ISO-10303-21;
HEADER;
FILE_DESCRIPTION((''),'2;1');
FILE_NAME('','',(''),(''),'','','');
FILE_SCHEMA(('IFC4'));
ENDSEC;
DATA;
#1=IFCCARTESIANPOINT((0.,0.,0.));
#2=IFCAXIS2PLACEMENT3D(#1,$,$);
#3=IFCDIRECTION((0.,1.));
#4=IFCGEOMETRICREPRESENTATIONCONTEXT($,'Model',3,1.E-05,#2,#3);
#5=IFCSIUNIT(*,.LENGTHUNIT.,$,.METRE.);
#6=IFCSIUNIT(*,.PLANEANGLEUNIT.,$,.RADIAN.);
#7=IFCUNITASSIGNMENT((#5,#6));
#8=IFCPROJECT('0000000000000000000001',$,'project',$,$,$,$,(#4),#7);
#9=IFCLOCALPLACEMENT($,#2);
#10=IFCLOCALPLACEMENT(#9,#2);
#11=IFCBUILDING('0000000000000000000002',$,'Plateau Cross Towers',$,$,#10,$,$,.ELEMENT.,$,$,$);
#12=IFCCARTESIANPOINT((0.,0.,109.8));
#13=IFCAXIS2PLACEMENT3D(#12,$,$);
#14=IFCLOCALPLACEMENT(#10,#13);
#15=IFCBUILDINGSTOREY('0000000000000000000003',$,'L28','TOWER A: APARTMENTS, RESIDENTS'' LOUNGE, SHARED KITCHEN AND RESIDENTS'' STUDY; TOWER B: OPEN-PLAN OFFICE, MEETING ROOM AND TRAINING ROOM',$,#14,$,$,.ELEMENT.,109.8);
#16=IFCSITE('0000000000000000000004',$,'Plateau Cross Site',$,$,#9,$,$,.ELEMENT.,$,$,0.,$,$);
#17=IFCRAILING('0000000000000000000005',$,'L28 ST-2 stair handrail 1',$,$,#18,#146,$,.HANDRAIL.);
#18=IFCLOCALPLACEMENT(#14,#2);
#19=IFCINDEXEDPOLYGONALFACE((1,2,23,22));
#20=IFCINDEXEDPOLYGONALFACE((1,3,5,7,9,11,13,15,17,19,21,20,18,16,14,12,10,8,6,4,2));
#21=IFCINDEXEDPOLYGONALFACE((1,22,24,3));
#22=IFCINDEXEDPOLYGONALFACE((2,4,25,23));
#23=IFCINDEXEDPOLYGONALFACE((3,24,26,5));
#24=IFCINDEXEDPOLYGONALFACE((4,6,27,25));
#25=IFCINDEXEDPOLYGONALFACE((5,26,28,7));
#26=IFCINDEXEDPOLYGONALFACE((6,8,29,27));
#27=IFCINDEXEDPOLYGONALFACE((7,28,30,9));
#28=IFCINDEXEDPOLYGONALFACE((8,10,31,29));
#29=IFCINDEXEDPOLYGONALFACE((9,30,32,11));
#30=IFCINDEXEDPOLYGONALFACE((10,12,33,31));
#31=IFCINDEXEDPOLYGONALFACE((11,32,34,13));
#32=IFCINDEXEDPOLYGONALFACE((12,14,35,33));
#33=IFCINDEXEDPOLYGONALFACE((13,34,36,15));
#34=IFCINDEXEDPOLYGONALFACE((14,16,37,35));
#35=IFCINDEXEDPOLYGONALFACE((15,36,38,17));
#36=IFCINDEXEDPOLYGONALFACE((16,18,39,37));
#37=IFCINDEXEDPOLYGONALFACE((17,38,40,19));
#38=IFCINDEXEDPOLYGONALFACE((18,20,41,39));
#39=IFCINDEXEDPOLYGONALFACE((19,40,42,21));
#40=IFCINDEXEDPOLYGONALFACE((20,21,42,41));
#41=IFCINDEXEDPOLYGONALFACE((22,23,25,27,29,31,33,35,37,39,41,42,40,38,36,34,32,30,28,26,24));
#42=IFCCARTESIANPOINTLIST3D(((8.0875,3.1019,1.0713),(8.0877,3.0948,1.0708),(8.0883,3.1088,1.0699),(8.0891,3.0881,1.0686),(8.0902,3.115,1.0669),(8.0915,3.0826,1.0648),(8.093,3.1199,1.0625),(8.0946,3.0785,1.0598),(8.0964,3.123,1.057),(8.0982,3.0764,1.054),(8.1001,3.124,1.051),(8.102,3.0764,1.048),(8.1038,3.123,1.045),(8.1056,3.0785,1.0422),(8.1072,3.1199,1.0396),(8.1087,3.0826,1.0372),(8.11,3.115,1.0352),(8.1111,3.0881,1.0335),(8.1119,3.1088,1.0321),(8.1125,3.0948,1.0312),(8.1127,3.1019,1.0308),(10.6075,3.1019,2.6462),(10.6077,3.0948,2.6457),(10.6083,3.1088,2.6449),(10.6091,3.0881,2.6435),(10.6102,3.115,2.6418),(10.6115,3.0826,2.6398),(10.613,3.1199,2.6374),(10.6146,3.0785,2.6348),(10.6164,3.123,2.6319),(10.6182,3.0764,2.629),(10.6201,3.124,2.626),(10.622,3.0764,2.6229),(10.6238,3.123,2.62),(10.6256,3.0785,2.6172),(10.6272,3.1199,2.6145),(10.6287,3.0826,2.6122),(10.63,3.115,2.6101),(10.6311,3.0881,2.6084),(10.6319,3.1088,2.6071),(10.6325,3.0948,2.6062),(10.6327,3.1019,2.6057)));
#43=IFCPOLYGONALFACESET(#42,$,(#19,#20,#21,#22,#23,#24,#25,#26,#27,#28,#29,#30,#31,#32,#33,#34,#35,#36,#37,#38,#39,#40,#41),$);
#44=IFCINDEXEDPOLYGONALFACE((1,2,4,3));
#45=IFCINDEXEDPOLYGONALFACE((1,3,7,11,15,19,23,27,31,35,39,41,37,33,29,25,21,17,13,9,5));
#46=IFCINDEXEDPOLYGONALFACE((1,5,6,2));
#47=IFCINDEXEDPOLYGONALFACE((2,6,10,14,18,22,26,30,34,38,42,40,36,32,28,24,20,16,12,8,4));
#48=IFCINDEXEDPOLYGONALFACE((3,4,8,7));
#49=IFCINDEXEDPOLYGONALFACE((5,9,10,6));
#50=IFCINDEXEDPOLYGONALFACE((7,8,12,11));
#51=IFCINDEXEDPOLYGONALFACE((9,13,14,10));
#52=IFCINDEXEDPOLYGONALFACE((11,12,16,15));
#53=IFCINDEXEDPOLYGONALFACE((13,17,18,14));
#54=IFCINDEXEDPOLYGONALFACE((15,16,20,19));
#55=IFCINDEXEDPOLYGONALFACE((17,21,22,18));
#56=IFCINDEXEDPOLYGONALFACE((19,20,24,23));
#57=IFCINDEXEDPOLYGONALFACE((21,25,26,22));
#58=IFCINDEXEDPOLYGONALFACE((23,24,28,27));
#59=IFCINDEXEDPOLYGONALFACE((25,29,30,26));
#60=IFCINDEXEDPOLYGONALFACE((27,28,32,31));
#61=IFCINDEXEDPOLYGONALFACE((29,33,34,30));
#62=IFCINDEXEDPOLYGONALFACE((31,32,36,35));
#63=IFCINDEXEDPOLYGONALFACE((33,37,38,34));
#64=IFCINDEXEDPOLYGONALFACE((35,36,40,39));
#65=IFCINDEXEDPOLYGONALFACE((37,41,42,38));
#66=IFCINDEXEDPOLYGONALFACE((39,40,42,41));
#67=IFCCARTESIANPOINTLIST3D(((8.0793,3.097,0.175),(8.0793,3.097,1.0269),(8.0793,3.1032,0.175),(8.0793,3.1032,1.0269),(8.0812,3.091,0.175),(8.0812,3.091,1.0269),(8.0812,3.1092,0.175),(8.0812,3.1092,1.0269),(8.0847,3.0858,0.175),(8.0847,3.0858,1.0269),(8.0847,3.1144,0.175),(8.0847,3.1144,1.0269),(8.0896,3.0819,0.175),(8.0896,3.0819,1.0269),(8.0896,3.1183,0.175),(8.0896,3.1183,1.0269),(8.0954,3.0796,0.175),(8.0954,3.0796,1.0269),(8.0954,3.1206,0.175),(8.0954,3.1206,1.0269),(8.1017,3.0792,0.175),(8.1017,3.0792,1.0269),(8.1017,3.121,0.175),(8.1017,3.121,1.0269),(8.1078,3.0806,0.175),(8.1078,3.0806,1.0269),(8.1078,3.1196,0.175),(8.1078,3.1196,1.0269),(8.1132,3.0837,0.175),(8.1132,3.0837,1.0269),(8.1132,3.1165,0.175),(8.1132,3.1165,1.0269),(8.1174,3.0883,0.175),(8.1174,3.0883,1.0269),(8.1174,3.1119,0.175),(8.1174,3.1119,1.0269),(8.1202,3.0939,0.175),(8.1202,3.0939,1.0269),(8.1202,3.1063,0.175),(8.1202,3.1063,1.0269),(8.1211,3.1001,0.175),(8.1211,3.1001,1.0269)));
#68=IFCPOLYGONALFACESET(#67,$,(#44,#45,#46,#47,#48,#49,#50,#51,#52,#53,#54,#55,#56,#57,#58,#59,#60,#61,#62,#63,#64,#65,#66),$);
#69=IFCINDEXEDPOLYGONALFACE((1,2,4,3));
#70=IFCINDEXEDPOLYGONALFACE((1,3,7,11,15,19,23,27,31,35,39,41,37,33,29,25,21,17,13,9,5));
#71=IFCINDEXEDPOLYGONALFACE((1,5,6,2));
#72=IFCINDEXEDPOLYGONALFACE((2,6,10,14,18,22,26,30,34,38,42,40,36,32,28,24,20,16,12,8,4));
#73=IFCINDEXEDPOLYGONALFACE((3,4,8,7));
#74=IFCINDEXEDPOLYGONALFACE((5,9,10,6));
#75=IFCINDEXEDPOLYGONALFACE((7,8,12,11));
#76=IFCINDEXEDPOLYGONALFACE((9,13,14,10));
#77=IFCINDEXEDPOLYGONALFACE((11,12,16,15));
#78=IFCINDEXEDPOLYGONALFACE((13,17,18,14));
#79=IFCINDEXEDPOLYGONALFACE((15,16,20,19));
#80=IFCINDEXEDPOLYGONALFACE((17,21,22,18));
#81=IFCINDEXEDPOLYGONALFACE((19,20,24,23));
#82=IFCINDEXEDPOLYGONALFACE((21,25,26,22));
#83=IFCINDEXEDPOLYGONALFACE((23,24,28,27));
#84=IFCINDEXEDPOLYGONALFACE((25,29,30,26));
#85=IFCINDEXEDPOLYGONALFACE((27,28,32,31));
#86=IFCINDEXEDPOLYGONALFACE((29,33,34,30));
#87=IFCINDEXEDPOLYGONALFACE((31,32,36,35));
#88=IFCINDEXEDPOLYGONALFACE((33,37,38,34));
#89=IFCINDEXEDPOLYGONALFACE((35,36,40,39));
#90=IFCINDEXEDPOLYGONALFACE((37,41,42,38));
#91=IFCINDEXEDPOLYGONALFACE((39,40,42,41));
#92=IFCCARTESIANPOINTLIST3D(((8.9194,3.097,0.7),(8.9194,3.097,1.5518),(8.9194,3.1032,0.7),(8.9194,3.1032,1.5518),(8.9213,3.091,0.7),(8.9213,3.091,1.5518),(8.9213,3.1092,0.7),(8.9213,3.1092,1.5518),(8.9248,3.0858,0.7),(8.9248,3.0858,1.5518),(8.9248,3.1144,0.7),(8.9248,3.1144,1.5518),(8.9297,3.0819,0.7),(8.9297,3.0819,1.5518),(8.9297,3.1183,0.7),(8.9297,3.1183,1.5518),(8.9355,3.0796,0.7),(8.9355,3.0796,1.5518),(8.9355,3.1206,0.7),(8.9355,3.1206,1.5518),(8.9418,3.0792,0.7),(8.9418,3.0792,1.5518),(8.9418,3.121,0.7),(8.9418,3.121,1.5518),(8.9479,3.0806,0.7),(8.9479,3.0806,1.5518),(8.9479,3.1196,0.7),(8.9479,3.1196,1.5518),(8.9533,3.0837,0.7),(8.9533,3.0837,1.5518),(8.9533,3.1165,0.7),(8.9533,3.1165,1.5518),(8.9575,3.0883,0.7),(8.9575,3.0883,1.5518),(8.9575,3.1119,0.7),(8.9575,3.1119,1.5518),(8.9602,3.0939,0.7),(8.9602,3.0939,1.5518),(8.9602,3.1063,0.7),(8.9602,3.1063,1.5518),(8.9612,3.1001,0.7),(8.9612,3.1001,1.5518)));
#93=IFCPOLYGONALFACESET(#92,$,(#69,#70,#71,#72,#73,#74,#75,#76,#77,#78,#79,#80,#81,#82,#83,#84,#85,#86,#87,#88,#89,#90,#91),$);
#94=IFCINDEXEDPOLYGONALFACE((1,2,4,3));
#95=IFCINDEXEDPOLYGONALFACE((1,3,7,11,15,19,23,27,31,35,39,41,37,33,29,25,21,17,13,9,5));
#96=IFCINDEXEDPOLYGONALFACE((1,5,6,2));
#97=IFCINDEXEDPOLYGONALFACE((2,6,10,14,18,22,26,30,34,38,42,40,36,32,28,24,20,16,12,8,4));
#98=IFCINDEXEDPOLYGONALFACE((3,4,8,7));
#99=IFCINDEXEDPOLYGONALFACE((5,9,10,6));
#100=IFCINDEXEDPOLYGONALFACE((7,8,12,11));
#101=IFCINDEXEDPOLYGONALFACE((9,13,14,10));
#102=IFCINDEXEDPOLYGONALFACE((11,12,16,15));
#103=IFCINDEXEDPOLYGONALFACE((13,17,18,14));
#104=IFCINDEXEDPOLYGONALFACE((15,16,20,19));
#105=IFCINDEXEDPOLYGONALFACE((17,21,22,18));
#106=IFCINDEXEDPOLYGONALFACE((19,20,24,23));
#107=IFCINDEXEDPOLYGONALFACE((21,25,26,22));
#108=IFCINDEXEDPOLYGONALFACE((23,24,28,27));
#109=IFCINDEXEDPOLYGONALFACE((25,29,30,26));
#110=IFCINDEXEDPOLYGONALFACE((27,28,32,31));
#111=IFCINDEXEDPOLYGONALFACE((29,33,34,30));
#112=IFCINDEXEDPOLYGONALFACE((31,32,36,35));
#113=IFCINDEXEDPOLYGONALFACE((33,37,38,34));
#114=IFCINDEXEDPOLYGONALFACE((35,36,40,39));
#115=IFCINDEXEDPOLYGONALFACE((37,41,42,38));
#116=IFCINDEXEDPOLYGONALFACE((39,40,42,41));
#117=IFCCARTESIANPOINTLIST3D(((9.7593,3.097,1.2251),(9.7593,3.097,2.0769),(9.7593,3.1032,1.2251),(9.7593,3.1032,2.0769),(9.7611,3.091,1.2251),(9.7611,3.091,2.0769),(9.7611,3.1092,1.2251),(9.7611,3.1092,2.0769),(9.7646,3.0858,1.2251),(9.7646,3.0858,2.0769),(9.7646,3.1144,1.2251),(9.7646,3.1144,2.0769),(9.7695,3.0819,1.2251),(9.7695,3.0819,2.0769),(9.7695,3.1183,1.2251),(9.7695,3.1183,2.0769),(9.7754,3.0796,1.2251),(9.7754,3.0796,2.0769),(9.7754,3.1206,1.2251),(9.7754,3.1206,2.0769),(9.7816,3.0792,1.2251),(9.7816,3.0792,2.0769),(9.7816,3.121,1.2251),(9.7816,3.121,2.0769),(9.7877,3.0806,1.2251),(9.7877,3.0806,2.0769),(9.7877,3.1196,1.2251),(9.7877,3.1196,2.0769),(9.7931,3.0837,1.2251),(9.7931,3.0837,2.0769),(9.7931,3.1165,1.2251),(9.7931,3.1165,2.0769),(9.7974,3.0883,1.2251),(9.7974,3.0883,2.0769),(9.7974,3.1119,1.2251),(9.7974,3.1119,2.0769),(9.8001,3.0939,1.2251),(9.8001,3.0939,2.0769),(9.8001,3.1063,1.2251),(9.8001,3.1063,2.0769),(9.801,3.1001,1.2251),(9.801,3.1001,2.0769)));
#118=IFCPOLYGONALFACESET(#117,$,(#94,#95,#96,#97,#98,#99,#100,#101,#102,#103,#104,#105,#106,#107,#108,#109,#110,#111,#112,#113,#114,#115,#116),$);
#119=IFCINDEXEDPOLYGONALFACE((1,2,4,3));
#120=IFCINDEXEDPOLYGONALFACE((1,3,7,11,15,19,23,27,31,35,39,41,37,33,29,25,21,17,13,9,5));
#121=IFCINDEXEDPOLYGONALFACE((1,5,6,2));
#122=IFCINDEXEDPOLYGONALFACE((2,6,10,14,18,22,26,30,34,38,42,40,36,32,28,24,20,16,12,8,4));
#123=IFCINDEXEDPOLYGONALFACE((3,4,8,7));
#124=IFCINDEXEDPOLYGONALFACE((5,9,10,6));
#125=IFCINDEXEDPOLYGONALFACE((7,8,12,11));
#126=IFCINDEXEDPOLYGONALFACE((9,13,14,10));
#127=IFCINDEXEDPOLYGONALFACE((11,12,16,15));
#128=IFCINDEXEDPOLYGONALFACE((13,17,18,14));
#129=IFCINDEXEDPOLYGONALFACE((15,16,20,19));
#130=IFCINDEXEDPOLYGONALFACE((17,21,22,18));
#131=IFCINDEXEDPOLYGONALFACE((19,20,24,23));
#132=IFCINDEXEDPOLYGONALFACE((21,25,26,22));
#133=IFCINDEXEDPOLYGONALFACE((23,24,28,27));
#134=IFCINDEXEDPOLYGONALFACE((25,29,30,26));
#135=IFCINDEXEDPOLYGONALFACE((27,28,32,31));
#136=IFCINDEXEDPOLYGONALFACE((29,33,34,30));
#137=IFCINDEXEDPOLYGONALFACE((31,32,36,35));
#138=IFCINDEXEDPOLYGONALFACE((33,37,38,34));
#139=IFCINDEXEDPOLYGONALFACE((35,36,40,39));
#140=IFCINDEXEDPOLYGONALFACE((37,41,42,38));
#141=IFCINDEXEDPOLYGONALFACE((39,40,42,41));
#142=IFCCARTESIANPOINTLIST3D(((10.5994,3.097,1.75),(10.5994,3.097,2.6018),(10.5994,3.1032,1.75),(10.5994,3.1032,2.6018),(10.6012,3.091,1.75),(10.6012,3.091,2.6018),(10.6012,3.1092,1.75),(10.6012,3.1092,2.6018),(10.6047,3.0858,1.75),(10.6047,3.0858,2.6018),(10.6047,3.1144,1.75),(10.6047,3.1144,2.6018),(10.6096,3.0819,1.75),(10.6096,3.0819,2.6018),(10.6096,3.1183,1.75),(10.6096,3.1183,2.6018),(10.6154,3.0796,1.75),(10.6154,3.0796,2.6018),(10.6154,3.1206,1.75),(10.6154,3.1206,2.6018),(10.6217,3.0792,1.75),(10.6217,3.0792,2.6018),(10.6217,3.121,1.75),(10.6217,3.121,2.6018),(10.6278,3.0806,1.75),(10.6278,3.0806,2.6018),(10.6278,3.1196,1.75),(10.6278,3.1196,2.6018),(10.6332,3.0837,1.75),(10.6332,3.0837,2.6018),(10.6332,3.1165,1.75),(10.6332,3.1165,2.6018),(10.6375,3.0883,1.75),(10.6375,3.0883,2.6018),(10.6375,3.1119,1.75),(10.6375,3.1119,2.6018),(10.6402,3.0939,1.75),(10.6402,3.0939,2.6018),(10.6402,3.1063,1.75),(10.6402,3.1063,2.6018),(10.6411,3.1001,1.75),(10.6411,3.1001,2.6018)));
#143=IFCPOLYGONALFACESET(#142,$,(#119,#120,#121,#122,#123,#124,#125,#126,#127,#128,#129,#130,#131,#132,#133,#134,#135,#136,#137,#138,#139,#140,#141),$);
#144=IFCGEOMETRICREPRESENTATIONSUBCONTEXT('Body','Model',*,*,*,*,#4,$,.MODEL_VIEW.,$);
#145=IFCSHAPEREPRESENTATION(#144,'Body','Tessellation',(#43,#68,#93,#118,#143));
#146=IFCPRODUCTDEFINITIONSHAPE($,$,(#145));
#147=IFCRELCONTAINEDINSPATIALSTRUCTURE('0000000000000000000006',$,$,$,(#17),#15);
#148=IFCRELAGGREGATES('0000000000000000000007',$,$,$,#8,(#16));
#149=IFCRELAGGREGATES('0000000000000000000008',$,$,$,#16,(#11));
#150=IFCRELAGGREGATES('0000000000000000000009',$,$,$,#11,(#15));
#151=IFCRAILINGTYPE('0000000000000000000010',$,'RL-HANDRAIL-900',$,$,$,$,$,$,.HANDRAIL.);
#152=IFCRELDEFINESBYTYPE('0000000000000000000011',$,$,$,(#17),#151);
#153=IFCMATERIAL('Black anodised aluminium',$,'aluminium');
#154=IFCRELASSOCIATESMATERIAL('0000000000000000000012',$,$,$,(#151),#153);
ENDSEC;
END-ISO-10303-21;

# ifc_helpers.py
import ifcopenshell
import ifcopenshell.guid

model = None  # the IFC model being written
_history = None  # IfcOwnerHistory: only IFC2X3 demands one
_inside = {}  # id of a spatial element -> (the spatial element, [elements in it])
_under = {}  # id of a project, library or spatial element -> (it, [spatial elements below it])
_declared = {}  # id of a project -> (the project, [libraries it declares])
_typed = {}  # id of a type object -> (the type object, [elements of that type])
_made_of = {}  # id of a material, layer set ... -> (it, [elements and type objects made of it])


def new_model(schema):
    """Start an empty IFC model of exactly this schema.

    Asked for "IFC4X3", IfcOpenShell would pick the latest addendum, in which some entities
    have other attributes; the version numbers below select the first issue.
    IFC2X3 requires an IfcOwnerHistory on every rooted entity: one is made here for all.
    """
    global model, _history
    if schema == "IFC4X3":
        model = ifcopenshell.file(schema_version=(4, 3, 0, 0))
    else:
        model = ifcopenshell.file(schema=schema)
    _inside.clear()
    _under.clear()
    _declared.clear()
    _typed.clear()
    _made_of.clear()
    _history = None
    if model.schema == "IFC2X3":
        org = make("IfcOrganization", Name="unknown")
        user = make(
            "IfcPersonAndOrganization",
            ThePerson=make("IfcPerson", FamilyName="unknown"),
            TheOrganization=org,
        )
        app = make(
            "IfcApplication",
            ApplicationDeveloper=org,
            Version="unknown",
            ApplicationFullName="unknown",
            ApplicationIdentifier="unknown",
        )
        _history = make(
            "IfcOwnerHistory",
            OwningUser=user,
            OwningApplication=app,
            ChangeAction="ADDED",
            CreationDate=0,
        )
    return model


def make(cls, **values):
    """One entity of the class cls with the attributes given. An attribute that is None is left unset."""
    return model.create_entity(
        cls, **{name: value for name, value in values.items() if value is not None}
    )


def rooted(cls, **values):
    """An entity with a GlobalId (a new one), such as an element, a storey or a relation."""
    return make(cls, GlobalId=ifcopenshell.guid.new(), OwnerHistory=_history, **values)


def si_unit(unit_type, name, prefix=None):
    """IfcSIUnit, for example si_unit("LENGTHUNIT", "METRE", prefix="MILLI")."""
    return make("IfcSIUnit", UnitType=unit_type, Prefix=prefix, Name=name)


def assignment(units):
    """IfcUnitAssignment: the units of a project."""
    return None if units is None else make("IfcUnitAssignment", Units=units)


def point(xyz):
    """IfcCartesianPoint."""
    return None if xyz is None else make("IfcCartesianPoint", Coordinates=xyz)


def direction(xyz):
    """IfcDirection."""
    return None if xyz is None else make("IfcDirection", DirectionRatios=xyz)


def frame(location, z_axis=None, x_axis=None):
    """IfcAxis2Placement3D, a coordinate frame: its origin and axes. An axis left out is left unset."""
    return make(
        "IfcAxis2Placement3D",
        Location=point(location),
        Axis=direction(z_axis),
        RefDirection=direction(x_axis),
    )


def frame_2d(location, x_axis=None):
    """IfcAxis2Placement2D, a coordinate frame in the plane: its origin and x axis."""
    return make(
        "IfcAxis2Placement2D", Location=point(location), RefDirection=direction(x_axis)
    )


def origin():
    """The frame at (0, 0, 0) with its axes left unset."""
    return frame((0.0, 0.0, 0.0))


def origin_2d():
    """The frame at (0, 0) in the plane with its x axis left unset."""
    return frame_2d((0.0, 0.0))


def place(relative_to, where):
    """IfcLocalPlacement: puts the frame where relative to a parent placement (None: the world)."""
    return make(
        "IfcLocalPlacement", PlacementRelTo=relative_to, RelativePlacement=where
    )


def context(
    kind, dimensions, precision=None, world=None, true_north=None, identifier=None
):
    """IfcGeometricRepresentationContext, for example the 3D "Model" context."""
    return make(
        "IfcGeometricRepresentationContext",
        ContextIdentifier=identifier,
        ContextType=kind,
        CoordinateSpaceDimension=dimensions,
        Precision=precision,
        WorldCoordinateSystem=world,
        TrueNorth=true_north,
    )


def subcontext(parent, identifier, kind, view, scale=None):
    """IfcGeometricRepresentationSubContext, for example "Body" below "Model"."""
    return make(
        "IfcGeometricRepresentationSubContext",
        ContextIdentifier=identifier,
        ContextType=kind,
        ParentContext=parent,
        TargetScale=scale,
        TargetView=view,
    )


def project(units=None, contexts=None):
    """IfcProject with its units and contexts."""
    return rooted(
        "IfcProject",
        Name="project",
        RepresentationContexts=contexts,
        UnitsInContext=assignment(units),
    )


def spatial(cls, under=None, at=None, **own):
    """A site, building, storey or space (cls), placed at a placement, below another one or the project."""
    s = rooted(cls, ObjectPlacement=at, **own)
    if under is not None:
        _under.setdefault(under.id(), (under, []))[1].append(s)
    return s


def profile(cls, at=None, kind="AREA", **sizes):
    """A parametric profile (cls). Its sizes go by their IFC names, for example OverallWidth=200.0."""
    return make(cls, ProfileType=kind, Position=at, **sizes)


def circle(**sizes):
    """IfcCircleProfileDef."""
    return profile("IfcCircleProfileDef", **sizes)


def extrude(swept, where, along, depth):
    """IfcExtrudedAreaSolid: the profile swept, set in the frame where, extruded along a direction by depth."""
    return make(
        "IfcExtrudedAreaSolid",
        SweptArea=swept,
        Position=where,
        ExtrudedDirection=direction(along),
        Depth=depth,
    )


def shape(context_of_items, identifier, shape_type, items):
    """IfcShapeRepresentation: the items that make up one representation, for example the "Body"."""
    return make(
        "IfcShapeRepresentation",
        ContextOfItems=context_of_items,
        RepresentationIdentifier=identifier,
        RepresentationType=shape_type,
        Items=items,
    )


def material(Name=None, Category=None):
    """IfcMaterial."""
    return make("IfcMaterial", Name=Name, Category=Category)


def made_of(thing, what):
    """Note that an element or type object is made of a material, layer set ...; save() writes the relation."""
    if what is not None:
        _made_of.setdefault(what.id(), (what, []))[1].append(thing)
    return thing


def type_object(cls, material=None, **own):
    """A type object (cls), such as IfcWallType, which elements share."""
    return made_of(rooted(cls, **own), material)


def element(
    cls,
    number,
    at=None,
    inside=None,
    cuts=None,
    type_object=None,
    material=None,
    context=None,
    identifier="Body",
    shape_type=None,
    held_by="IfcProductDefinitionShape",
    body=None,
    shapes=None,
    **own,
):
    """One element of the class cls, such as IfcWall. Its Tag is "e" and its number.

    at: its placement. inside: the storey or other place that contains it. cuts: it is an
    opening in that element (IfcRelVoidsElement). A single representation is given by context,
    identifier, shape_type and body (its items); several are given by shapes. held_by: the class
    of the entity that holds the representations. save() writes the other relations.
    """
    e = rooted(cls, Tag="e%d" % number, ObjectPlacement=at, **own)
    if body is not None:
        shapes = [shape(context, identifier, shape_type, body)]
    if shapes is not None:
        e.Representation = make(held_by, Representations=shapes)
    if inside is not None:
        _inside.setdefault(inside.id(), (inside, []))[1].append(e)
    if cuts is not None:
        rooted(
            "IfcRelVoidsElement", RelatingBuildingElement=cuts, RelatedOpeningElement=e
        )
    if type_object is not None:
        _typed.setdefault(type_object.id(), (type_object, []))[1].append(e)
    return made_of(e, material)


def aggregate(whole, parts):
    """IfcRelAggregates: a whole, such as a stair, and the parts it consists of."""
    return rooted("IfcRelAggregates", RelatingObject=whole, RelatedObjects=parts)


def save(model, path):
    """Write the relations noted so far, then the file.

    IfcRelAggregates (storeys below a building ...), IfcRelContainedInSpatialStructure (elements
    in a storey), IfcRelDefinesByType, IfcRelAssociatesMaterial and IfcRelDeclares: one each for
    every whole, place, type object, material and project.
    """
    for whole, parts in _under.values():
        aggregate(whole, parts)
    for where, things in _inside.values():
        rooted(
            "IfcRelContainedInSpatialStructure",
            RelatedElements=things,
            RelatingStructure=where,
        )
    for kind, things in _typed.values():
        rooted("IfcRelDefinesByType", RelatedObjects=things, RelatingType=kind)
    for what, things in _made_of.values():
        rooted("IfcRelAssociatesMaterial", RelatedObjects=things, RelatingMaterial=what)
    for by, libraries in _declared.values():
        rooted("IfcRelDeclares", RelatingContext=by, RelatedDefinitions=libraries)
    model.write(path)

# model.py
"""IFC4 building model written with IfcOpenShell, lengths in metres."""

from ifc_helpers import new_model, si_unit, direction, frame, origin, origin_2d, place, context, subcontext, project, spatial, circle, extrude, material, type_object, element, save


model = new_model("IFC4")

# Units and contexts
model_context = context("Model", 3, precision=1e-05, world=origin(), true_north=direction((0.0, 1.0)))
body_context = subcontext(model_context, "Body", "Model", "MODEL_VIEW")
ifc_project = project(units=[si_unit("LENGTHUNIT", "METRE"), si_unit("PLANEANGLEUNIT", "RADIAN")], contexts=[model_context])

# Site, building, storey
site_placement = place(None, origin())
site = spatial("IfcSite", under=ifc_project, at=site_placement, Name="Plateau Cross Site", CompositionType="ELEMENT", RefElevation=0.0)
building_placement = place(site_placement, origin())
building = spatial("IfcBuilding", under=site, at=building_placement, Name="Plateau Cross Towers", CompositionType="ELEMENT")
storey_placement = place(building_placement, frame((0.0, 0.0, 109.8)))
storey = spatial("IfcBuildingStorey", under=building, at=storey_placement, Name="L28", Description="TOWER A: APARTMENTS, RESIDENTS' LOUNGE, SHARED KITCHEN AND RESIDENTS' STUDY; TOWER B: OPEN-PLAN OFFICE, MEETING ROOM AND TRAINING ROOM", CompositionType="ELEMENT", Elevation=109.8)

# Shared definitions
ifc_material_1 = material(Name="Black anodised aluminium", Category="aluminium")

# Railing
railing_type_1 = type_object("IfcRailingType", Name="RL-HANDRAIL-900", PredefinedType="HANDRAIL", material=ifc_material_1)
railing_placement = place(storey_placement, frame((8.1001, 3.1001, 0.175)))
element("IfcRailing", 1, at=railing_placement, inside=storey, type_object=railing_type_1, Name="L28 ST-2 stair handrail 1", PredefinedType="HANDRAIL", context=body_context, shape_type="SweptSolid", body=[
    extrude(circle(Radius=0.0239, at=origin_2d()), frame((0.0, 0.0, 0.876), z_axis=(0.848008, 0.0, 0.529984), x_axis=(0.0, 1.0, 0.0)), (0.0, 0.0, 1.0), 2.9717),
    extrude(circle(Radius=0.021, at=origin_2d()), origin(), (0.0, 0.0, 1.0), 0.8518),
    extrude(circle(Radius=0.021, at=origin_2d()), frame((0.8401, 0.0, 0.5249)), (0.0, 0.0, 1.0), 0.8518),
    extrude(circle(Radius=0.021, at=origin_2d()), frame((1.6799, 0.0, 1.05)), (0.0, 0.0, 1.0), 0.8518),
    extrude(circle(Radius=0.021, at=origin_2d()), frame((2.52, 0.0, 1.575)), (0.0, 0.0, 1.0), 0.8518),
])

save(model, "model.ifc")
